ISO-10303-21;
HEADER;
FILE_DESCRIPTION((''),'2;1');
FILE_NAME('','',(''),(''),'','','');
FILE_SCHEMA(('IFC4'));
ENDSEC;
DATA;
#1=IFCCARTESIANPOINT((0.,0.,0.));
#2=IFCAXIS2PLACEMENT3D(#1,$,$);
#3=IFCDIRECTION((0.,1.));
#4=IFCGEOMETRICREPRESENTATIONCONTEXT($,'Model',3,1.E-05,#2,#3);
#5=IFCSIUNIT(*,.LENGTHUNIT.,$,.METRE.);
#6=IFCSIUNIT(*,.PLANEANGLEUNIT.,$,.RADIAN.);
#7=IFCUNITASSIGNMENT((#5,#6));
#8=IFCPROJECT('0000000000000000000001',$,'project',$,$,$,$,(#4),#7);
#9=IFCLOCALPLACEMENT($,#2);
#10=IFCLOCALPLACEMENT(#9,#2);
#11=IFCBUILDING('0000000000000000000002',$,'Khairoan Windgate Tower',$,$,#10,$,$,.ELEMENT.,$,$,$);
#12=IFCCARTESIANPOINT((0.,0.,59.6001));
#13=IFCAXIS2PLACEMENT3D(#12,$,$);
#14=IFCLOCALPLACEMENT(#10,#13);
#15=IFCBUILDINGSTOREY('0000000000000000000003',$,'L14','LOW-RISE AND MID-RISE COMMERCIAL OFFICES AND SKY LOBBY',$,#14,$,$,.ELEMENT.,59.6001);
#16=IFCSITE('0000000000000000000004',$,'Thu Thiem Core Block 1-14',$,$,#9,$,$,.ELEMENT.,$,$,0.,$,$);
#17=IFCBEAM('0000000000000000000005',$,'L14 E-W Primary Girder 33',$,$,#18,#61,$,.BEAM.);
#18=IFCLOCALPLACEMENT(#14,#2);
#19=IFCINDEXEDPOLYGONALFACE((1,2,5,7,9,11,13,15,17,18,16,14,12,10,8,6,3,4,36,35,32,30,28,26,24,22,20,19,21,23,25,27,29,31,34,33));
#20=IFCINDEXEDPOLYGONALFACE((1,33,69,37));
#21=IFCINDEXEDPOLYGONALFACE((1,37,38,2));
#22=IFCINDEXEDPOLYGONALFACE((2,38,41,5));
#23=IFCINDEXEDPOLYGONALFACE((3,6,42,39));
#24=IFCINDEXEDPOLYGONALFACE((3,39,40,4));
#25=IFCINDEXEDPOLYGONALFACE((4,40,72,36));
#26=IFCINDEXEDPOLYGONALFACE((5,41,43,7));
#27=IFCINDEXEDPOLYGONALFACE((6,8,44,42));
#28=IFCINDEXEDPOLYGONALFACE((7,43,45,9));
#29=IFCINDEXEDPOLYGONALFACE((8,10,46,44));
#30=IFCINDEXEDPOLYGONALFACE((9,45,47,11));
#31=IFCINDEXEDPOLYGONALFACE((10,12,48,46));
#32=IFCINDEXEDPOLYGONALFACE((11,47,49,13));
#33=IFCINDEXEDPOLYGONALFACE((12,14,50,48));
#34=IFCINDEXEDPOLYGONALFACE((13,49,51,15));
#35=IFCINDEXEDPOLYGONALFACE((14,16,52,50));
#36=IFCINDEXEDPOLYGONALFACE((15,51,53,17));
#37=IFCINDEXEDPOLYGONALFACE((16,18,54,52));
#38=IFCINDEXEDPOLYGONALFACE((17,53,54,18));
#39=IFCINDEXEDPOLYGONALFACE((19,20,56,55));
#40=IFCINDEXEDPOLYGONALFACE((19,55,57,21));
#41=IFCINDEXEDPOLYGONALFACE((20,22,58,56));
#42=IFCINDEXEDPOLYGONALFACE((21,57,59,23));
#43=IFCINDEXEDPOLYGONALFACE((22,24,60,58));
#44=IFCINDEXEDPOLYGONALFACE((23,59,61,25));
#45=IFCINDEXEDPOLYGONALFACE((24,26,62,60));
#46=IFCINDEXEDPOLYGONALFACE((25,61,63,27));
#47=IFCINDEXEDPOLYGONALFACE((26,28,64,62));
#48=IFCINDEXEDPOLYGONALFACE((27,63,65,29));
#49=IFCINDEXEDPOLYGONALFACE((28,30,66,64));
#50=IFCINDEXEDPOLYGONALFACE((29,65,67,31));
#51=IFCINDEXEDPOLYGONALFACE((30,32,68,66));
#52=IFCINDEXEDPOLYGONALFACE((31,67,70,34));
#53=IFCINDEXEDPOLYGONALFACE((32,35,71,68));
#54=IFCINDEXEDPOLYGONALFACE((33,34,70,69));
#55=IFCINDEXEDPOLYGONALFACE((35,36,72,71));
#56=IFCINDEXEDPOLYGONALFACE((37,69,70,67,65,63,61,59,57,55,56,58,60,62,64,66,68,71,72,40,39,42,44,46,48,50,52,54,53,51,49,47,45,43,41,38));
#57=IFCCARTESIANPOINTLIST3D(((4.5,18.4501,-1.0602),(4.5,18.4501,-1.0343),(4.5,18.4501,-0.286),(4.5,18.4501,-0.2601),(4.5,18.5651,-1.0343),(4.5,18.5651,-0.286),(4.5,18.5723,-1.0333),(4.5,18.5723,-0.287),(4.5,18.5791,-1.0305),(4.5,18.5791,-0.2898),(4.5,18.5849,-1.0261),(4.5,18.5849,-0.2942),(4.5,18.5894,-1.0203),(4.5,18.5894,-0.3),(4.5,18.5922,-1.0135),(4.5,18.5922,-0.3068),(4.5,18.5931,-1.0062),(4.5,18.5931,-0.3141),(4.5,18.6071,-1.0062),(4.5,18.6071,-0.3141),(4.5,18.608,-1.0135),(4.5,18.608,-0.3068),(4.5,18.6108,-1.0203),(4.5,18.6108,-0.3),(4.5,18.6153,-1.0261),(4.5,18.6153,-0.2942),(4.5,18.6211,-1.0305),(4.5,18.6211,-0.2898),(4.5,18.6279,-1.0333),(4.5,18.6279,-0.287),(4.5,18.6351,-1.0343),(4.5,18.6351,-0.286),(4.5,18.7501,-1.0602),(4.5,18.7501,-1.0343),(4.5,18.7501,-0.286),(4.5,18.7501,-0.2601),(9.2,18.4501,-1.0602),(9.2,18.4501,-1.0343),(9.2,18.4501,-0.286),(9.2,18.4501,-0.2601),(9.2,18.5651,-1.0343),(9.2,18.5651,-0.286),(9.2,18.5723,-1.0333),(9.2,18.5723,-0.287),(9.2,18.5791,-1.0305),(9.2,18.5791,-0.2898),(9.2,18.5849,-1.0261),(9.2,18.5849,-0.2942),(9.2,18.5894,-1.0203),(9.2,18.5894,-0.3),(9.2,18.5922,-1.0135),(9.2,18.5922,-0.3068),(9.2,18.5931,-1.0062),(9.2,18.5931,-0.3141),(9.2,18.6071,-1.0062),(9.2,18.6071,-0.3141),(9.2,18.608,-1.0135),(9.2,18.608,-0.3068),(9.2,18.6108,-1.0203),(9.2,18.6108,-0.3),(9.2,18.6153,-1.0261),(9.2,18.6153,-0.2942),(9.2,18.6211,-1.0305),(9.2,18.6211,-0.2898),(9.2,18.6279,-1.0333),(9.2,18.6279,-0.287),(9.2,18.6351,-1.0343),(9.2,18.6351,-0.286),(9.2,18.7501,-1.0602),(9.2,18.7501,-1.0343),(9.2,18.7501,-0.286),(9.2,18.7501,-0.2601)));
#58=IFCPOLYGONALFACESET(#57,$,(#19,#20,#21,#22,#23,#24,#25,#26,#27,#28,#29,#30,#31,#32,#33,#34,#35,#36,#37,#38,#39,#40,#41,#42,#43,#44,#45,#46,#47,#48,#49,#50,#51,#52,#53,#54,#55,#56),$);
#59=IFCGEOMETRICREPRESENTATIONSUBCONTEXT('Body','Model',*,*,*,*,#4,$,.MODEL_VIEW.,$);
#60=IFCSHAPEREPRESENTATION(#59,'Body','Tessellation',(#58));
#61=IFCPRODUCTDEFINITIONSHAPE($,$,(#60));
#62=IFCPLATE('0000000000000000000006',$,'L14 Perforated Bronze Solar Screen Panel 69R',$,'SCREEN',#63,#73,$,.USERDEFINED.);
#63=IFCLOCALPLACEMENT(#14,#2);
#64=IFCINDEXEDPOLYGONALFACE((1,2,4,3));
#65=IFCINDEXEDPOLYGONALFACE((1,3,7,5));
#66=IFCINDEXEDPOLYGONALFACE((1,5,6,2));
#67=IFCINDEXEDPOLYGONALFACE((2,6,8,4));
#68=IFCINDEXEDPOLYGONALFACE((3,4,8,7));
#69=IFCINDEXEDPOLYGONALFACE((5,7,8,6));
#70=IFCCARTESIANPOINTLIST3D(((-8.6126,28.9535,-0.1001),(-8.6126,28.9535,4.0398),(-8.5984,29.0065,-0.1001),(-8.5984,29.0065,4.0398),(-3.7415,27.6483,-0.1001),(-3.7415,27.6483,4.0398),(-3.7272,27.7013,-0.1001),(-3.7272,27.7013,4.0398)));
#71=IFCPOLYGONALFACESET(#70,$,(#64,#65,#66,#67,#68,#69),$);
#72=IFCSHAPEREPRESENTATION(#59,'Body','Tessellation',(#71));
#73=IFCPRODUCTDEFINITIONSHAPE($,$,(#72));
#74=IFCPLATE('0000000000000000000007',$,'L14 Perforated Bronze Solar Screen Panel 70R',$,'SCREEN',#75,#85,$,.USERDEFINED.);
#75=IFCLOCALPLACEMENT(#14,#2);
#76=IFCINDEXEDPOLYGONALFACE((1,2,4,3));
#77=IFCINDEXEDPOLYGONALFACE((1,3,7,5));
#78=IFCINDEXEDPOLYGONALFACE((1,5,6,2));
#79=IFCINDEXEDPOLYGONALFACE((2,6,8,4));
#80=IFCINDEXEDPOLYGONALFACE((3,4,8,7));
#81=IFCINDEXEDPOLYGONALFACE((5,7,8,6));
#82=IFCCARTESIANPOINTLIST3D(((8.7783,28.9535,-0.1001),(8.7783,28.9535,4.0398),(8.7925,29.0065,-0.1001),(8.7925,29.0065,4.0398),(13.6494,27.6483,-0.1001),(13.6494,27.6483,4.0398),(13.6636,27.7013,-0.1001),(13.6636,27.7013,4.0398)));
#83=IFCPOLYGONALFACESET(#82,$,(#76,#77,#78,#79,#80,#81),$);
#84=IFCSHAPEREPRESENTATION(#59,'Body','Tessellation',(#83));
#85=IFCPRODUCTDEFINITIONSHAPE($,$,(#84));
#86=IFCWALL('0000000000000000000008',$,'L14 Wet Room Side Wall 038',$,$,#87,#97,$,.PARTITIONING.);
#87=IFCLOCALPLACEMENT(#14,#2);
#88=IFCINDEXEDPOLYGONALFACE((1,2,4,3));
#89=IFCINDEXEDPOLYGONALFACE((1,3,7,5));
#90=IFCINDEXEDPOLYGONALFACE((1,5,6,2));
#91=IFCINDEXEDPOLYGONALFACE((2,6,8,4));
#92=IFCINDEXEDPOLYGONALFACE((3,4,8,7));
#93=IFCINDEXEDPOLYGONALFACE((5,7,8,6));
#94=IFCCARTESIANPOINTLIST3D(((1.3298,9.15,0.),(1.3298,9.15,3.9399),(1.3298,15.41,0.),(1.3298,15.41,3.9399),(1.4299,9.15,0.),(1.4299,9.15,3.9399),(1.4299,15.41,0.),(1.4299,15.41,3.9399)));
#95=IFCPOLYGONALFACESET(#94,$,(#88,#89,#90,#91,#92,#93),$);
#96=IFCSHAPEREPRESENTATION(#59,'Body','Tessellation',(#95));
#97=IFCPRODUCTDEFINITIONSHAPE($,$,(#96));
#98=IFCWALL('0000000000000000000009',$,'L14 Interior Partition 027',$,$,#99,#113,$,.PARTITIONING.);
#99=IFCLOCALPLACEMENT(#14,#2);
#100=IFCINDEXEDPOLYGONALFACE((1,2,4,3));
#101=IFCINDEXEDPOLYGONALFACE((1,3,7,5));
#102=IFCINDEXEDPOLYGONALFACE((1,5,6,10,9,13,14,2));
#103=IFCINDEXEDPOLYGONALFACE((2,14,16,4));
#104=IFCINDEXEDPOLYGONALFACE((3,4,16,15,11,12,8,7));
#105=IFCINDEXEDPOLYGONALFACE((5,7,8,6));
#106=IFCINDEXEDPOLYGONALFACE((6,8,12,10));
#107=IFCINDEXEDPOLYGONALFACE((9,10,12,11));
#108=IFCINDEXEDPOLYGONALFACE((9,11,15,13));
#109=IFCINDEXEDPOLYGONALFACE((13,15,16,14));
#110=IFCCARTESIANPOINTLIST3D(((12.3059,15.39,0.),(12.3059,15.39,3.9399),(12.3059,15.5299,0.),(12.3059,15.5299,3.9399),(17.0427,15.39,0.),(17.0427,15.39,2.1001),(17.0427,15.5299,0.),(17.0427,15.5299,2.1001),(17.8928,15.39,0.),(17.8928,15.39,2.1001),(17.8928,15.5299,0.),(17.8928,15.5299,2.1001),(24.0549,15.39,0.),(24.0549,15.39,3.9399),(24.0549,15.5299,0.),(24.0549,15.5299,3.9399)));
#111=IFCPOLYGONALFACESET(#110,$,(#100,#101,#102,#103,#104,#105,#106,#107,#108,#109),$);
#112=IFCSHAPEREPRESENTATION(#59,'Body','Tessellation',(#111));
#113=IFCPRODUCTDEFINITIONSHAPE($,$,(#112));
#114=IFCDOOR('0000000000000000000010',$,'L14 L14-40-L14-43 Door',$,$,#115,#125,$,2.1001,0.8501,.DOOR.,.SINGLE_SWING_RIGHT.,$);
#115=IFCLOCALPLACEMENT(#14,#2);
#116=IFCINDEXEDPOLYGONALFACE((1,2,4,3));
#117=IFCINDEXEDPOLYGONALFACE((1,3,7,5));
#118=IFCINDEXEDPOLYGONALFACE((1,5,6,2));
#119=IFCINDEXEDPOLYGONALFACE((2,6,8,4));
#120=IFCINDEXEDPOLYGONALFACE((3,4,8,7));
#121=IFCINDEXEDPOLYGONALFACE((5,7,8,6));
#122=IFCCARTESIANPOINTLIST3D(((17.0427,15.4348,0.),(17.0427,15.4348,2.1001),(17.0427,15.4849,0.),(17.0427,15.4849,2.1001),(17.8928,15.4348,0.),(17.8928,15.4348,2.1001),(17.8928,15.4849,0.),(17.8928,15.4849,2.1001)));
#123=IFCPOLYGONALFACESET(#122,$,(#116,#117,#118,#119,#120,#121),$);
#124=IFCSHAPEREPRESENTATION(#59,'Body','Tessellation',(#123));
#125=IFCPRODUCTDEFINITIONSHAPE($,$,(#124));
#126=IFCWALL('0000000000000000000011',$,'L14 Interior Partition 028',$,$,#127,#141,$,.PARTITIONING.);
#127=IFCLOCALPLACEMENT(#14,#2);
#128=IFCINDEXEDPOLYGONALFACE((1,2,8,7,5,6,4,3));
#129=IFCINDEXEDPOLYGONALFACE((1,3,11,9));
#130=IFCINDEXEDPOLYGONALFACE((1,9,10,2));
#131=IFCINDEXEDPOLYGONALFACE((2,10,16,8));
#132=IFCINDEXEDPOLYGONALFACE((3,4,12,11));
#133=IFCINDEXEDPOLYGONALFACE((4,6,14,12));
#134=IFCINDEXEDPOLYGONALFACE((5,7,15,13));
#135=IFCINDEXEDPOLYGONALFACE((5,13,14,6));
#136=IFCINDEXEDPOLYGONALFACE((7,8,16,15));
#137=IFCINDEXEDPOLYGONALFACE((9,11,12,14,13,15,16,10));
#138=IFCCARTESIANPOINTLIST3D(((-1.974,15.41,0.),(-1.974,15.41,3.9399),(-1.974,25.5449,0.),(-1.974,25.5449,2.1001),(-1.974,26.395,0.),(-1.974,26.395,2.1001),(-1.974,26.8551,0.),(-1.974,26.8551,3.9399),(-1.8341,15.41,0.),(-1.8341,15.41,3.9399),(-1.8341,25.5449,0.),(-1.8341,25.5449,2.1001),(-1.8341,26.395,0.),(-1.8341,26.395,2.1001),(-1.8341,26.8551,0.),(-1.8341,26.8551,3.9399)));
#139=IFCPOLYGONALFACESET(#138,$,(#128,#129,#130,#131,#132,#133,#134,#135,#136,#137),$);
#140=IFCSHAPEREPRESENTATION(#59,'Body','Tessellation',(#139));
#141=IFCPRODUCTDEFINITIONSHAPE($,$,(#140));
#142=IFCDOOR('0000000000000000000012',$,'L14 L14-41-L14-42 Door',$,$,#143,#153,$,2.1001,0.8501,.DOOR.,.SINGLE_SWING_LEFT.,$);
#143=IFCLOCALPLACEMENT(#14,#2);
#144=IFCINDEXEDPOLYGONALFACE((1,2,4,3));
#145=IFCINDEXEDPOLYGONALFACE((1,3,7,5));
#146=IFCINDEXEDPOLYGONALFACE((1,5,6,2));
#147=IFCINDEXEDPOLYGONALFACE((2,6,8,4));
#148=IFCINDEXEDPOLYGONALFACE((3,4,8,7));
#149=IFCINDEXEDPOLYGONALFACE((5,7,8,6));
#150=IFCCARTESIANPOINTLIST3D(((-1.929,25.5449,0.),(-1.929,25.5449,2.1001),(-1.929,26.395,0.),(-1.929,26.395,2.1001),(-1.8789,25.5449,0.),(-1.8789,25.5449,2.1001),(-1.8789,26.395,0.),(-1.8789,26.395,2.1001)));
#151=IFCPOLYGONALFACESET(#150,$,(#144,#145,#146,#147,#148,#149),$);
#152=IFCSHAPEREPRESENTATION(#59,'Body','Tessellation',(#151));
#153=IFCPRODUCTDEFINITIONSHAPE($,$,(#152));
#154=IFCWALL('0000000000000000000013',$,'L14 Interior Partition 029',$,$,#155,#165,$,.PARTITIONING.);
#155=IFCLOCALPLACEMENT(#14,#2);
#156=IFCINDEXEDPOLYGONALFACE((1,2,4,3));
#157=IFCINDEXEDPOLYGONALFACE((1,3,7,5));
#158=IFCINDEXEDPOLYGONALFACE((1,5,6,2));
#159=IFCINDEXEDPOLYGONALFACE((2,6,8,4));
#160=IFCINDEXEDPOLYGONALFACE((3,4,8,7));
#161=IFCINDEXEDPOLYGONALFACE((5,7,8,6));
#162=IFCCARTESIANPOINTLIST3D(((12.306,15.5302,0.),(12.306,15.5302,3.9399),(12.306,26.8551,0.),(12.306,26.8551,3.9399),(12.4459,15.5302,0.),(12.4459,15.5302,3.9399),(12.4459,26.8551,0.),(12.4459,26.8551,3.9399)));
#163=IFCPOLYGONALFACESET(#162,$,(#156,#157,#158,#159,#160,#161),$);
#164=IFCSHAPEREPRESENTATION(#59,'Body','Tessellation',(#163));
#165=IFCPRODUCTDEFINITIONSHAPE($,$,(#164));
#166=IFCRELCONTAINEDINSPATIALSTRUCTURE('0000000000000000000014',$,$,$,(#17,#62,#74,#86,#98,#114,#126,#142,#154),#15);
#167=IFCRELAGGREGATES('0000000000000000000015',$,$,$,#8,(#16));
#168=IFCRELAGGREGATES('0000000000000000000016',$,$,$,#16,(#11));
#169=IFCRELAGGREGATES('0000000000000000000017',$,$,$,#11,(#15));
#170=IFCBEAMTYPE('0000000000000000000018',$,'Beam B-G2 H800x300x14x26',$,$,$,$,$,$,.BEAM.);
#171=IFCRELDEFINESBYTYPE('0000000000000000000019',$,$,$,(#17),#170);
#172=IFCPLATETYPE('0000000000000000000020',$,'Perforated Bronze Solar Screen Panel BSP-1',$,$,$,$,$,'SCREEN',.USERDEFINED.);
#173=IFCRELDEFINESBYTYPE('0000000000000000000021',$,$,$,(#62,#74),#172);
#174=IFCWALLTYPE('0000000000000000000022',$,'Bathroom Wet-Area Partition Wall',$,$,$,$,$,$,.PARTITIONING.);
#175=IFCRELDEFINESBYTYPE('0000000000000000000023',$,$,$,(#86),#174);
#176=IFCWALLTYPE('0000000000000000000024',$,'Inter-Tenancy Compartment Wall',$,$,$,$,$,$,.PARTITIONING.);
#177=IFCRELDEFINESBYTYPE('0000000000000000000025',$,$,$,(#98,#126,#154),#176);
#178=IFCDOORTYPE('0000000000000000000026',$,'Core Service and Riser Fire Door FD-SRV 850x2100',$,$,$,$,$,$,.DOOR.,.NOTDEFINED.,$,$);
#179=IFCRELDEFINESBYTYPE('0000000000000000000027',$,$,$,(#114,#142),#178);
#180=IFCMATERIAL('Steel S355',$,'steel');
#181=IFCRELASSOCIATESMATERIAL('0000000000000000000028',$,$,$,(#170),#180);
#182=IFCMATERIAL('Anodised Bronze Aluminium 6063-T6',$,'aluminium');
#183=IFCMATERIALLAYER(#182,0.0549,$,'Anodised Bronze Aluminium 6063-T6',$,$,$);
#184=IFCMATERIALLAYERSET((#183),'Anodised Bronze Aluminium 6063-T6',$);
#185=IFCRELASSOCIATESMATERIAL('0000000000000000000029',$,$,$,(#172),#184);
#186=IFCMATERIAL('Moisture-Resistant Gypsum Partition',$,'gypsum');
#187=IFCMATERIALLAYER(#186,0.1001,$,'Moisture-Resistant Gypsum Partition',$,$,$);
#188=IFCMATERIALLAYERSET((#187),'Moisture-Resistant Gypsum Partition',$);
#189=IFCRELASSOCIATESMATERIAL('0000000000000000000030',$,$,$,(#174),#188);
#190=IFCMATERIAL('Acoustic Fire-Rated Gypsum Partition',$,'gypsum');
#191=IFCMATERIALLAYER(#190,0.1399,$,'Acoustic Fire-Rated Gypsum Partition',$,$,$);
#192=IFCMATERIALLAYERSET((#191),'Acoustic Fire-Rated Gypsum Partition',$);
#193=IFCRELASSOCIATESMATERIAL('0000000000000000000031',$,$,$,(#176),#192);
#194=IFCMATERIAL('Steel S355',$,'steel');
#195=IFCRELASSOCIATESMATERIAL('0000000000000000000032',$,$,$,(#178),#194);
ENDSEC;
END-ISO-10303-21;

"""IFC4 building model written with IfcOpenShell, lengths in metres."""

from ifc_helpers import new_model, si_unit, direction, frame, frame_2d, origin, origin_2d, place, context, subcontext, project, spatial, rectangle, i_section, extrude, material, layer, layer_set, material_profile, profile_set, type_object, element, fill, save


model = new_model("IFC4")

# Units and contexts
model_context = context("Model", 3, precision=1e-05, world=origin(), true_north=direction((0.0, 1.0)))
body_context = subcontext(model_context, "Body", "Model", "MODEL_VIEW")
ifc_project = project(units=[si_unit("LENGTHUNIT", "METRE"), si_unit("PLANEANGLEUNIT", "RADIAN")], contexts=[model_context])

# Site, building, storey
site_placement = place(None, origin())
site = spatial("IfcSite", under=ifc_project, at=site_placement, Name="Thu Thiem Core Block 1-14", CompositionType="ELEMENT", RefElevation=0.0)
building_placement = place(site_placement, origin())
building = spatial("IfcBuilding", under=site, at=building_placement, Name="Khairoan Windgate Tower", CompositionType="ELEMENT")
storey_placement = place(building_placement, frame((0.0, 0.0, 59.6001)))
storey = spatial("IfcBuildingStorey", under=building, at=storey_placement, Name="L14", Description="LOW-RISE AND MID-RISE COMMERCIAL OFFICES AND SKY LOBBY", CompositionType="ELEMENT", Elevation=59.6001)

# Beam
ifc_material_1 = material(Name="Steel S355", Category="steel")
ifc_material_profile_1 = material_profile(ifc_material_1, i_section(OverallWidth=0.3, OverallDepth=0.8, WebThickness=0.0139, FlangeThickness=0.0259, FilletRadius=0.0281, at=origin_2d()))
ifc_profile_set_1 = profile_set([ifc_material_profile_1], Name="Steel S355")
beam_type = type_object("IfcBeamType", Name="Beam B-G2 H800x300x14x26", PredefinedType="BEAM", material=ifc_profile_set_1)
beam_1_placement = place(storey_placement, frame((4.5, 18.6001, -0.6602), z_axis=(1.0, 0.0, 0.0), x_axis=(0.0, 1.0, 0.0)))
element("IfcBeam", 1, at=beam_1_placement, inside=storey, type_object=beam_type, Name="L14 E-W Primary Girder 33", PredefinedType="BEAM", context=body_context, shape_type="SweptSolid", body=[
    extrude(i_section(OverallWidth=0.3, OverallDepth=0.8, WebThickness=0.0139, FlangeThickness=0.0259, FilletRadius=0.0281, at=origin_2d()), origin(), (0.0, 0.0, 1.0), 4.7),
])

# Plates
ifc_material_2 = material(Name="Anodised Bronze Aluminium 6063-T6", Category="aluminium")
ifc_layer_1 = layer(ifc_material_2, 0.0549, Name="Anodised Bronze Aluminium 6063-T6")
ifc_layer_set_1 = layer_set([ifc_layer_1], Name="Anodised Bronze Aluminium 6063-T6")
plate_type = type_object("IfcPlateType", Name="Perforated Bronze Solar Screen Panel BSP-1", ElementType="SCREEN", PredefinedType="USERDEFINED", material=ifc_layer_set_1)
for number, where, z_axis, x_axis, name in (
    (2, (-6.1699, 28.3274, -0.1001), (0.0, 0.0, 1.0), (0.965926, -0.258819, 0.0), "L14 Perforated Bronze Solar Screen Panel 69R"),
    (3, (11.2209, 28.3274, -0.1001), (0.0, 0.0, 1.0), (0.965926, -0.258819, 0.0), "L14 Perforated Bronze Solar Screen Panel 70R"),
):
    element("IfcPlate", number, at=place(storey_placement, frame(where, z_axis=z_axis, x_axis=x_axis)), inside=storey, type_object=plate_type, Name=name, ObjectType="SCREEN", PredefinedType="USERDEFINED", context=body_context, shape_type="SweptSolid", body=[
        extrude(rectangle(XDim=5.043, YDim=0.0549, at=origin_2d()), origin(), (0.0, 0.0, 1.0), 4.1399),
    ])

# Wall
ifc_material_3 = material(Name="Moisture-Resistant Gypsum Partition", Category="gypsum")
ifc_layer_2 = layer(ifc_material_3, 0.1001, Name="Moisture-Resistant Gypsum Partition")
ifc_layer_set_2 = layer_set([ifc_layer_2], Name="Moisture-Resistant Gypsum Partition")
wall_type_1 = type_object("IfcWallType", Name="Bathroom Wet-Area Partition Wall", PredefinedType="PARTITIONING", material=ifc_layer_set_2)
wall_1_placement = place(storey_placement, frame((1.3799, 15.4099, 0.0), z_axis=(0.0, 0.0, 1.0), x_axis=(0.0, -1.0, 0.0)))
element("IfcWall", 4, at=wall_1_placement, inside=storey, type_object=wall_type_1, Name="L14 Wet Room Side Wall 038", PredefinedType="PARTITIONING", context=body_context, shape_type="SweptSolid", body=[
    extrude(rectangle(XDim=6.26, YDim=0.1001, at=frame_2d((3.1299, 0.0))), origin(), (0.0, 0.0, 1.0), 3.9399),
])

# Walls, openings, doors
ifc_material_4 = material(Name="Acoustic Fire-Rated Gypsum Partition", Category="gypsum")
ifc_layer_3 = layer(ifc_material_4, 0.1399, Name="Acoustic Fire-Rated Gypsum Partition")
ifc_layer_set_3 = layer_set([ifc_layer_3], Name="Acoustic Fire-Rated Gypsum Partition")
wall_type_2 = type_object("IfcWallType", Name="Inter-Tenancy Compartment Wall", PredefinedType="PARTITIONING", material=ifc_layer_set_3)
wall_2_placement = place(storey_placement, frame((12.3059, 15.46, 0.0), z_axis=(0.0, 0.0, 1.0), x_axis=(1.0, 0.0, 0.0)))
wall_2 = element("IfcWall", 5, at=wall_2_placement, inside=storey, type_object=wall_type_2, Name="L14 Interior Partition 027", PredefinedType="PARTITIONING", context=body_context, shape_type="SweptSolid", body=[
    extrude(rectangle(XDim=11.749, YDim=0.1399, at=frame_2d((5.8745, 0.0))), origin(), (0.0, 0.0, 1.0), 3.9399),
])
opening_1_placement = place(wall_2_placement, frame((4.7368, 0.0, 0.0)))
opening_1 = element("IfcOpeningElement", 6, at=opening_1_placement, cuts=wall_2, PredefinedType="OPENING", context=body_context, shape_type="SweptSolid", body=[
    extrude(rectangle(XDim=0.8501, YDim=2.1001, at=frame_2d((0.425, 1.05))), frame((0.0, 0.0798, 0.0), z_axis=(0.0, -1.0, 0.0), x_axis=(1.0, 0.0, 0.0)), (0.0, 0.0, 1.0), 0.1599),
])
ifc_material_5 = material(Name="Steel S355", Category="steel")
door_type = type_object("IfcDoorType", Name="Core Service and Riser Fire Door FD-SRV 850x2100", OperationType="NOTDEFINED", PredefinedType="DOOR", material=ifc_material_5)
door_1_placement = place(opening_1_placement, origin())
door_1 = element("IfcDoor", 7, at=door_1_placement, inside=storey, type_object=door_type, Name="L14 L14-40-L14-43 Door", OperationType="SINGLE_SWING_RIGHT", OverallHeight=2.1001, OverallWidth=0.8501, PredefinedType="DOOR", context=body_context, shape_type="SweptSolid", body=[
    extrude(rectangle(XDim=0.8501, YDim=2.1001, at=frame_2d((0.425, 1.05))), frame((0.0, 0.0249, 0.0), z_axis=(0.0, -1.0, 0.0), x_axis=(1.0, 0.0, 0.0)), (0.0, 0.0, 1.0), 0.05),
])
fill(opening_1, door_1)
wall_3_placement = place(storey_placement, frame((-1.9041, 15.4099, 0.0), z_axis=(0.0, 0.0, 1.0), x_axis=(0.0, 1.0, 0.0)))
wall_3 = element("IfcWall", 8, at=wall_3_placement, inside=storey, type_object=wall_type_2, Name="L14 Interior Partition 028", PredefinedType="PARTITIONING", context=body_context, shape_type="SweptSolid", body=[
    extrude(rectangle(XDim=11.4451, YDim=0.1399, at=frame_2d((5.7227, 0.0))), origin(), (0.0, 0.0, 1.0), 3.9399),
])
opening_2_placement = place(wall_3_placement, frame((10.135, 0.0, 0.0)))
opening_2 = element("IfcOpeningElement", 9, at=opening_2_placement, cuts=wall_3, PredefinedType="OPENING", context=body_context, shape_type="SweptSolid", body=[
    extrude(rectangle(XDim=0.8501, YDim=2.1001, at=frame_2d((0.425, 1.05))), frame((0.0, 0.0798, 0.0), z_axis=(0.0, -1.0, 0.0), x_axis=(1.0, 0.0, 0.0)), (0.0, 0.0, 1.0), 0.1599),
])
door_2_placement = place(opening_2_placement, origin())
door_2 = element("IfcDoor", 10, at=door_2_placement, inside=storey, type_object=door_type, Name="L14 L14-41-L14-42 Door", OperationType="SINGLE_SWING_LEFT", OverallHeight=2.1001, OverallWidth=0.8501, PredefinedType="DOOR", context=body_context, shape_type="SweptSolid", body=[
    extrude(rectangle(XDim=0.8501, YDim=2.1001, at=frame_2d((0.425, 1.05))), frame((0.0, 0.0249, 0.0), z_axis=(0.0, -1.0, 0.0), x_axis=(1.0, 0.0, 0.0)), (0.0, 0.0, 1.0), 0.05),
])
fill(opening_2, door_2)

# Wall
wall_4_placement = place(storey_placement, frame((12.376, 15.53, 0.0), z_axis=(0.0, 0.0, 1.0), x_axis=(0.0, 1.0, 0.0)))
element("IfcWall", 11, at=wall_4_placement, inside=storey, type_object=wall_type_2, Name="L14 Interior Partition 029", PredefinedType="PARTITIONING", context=body_context, shape_type="SweptSolid", body=[
    extrude(rectangle(XDim=11.325, YDim=0.1399, at=frame_2d((5.6626, 0.0))), origin(), (0.0, 0.0, 1.0), 3.9399),
])

save(model, "model.ifc")
